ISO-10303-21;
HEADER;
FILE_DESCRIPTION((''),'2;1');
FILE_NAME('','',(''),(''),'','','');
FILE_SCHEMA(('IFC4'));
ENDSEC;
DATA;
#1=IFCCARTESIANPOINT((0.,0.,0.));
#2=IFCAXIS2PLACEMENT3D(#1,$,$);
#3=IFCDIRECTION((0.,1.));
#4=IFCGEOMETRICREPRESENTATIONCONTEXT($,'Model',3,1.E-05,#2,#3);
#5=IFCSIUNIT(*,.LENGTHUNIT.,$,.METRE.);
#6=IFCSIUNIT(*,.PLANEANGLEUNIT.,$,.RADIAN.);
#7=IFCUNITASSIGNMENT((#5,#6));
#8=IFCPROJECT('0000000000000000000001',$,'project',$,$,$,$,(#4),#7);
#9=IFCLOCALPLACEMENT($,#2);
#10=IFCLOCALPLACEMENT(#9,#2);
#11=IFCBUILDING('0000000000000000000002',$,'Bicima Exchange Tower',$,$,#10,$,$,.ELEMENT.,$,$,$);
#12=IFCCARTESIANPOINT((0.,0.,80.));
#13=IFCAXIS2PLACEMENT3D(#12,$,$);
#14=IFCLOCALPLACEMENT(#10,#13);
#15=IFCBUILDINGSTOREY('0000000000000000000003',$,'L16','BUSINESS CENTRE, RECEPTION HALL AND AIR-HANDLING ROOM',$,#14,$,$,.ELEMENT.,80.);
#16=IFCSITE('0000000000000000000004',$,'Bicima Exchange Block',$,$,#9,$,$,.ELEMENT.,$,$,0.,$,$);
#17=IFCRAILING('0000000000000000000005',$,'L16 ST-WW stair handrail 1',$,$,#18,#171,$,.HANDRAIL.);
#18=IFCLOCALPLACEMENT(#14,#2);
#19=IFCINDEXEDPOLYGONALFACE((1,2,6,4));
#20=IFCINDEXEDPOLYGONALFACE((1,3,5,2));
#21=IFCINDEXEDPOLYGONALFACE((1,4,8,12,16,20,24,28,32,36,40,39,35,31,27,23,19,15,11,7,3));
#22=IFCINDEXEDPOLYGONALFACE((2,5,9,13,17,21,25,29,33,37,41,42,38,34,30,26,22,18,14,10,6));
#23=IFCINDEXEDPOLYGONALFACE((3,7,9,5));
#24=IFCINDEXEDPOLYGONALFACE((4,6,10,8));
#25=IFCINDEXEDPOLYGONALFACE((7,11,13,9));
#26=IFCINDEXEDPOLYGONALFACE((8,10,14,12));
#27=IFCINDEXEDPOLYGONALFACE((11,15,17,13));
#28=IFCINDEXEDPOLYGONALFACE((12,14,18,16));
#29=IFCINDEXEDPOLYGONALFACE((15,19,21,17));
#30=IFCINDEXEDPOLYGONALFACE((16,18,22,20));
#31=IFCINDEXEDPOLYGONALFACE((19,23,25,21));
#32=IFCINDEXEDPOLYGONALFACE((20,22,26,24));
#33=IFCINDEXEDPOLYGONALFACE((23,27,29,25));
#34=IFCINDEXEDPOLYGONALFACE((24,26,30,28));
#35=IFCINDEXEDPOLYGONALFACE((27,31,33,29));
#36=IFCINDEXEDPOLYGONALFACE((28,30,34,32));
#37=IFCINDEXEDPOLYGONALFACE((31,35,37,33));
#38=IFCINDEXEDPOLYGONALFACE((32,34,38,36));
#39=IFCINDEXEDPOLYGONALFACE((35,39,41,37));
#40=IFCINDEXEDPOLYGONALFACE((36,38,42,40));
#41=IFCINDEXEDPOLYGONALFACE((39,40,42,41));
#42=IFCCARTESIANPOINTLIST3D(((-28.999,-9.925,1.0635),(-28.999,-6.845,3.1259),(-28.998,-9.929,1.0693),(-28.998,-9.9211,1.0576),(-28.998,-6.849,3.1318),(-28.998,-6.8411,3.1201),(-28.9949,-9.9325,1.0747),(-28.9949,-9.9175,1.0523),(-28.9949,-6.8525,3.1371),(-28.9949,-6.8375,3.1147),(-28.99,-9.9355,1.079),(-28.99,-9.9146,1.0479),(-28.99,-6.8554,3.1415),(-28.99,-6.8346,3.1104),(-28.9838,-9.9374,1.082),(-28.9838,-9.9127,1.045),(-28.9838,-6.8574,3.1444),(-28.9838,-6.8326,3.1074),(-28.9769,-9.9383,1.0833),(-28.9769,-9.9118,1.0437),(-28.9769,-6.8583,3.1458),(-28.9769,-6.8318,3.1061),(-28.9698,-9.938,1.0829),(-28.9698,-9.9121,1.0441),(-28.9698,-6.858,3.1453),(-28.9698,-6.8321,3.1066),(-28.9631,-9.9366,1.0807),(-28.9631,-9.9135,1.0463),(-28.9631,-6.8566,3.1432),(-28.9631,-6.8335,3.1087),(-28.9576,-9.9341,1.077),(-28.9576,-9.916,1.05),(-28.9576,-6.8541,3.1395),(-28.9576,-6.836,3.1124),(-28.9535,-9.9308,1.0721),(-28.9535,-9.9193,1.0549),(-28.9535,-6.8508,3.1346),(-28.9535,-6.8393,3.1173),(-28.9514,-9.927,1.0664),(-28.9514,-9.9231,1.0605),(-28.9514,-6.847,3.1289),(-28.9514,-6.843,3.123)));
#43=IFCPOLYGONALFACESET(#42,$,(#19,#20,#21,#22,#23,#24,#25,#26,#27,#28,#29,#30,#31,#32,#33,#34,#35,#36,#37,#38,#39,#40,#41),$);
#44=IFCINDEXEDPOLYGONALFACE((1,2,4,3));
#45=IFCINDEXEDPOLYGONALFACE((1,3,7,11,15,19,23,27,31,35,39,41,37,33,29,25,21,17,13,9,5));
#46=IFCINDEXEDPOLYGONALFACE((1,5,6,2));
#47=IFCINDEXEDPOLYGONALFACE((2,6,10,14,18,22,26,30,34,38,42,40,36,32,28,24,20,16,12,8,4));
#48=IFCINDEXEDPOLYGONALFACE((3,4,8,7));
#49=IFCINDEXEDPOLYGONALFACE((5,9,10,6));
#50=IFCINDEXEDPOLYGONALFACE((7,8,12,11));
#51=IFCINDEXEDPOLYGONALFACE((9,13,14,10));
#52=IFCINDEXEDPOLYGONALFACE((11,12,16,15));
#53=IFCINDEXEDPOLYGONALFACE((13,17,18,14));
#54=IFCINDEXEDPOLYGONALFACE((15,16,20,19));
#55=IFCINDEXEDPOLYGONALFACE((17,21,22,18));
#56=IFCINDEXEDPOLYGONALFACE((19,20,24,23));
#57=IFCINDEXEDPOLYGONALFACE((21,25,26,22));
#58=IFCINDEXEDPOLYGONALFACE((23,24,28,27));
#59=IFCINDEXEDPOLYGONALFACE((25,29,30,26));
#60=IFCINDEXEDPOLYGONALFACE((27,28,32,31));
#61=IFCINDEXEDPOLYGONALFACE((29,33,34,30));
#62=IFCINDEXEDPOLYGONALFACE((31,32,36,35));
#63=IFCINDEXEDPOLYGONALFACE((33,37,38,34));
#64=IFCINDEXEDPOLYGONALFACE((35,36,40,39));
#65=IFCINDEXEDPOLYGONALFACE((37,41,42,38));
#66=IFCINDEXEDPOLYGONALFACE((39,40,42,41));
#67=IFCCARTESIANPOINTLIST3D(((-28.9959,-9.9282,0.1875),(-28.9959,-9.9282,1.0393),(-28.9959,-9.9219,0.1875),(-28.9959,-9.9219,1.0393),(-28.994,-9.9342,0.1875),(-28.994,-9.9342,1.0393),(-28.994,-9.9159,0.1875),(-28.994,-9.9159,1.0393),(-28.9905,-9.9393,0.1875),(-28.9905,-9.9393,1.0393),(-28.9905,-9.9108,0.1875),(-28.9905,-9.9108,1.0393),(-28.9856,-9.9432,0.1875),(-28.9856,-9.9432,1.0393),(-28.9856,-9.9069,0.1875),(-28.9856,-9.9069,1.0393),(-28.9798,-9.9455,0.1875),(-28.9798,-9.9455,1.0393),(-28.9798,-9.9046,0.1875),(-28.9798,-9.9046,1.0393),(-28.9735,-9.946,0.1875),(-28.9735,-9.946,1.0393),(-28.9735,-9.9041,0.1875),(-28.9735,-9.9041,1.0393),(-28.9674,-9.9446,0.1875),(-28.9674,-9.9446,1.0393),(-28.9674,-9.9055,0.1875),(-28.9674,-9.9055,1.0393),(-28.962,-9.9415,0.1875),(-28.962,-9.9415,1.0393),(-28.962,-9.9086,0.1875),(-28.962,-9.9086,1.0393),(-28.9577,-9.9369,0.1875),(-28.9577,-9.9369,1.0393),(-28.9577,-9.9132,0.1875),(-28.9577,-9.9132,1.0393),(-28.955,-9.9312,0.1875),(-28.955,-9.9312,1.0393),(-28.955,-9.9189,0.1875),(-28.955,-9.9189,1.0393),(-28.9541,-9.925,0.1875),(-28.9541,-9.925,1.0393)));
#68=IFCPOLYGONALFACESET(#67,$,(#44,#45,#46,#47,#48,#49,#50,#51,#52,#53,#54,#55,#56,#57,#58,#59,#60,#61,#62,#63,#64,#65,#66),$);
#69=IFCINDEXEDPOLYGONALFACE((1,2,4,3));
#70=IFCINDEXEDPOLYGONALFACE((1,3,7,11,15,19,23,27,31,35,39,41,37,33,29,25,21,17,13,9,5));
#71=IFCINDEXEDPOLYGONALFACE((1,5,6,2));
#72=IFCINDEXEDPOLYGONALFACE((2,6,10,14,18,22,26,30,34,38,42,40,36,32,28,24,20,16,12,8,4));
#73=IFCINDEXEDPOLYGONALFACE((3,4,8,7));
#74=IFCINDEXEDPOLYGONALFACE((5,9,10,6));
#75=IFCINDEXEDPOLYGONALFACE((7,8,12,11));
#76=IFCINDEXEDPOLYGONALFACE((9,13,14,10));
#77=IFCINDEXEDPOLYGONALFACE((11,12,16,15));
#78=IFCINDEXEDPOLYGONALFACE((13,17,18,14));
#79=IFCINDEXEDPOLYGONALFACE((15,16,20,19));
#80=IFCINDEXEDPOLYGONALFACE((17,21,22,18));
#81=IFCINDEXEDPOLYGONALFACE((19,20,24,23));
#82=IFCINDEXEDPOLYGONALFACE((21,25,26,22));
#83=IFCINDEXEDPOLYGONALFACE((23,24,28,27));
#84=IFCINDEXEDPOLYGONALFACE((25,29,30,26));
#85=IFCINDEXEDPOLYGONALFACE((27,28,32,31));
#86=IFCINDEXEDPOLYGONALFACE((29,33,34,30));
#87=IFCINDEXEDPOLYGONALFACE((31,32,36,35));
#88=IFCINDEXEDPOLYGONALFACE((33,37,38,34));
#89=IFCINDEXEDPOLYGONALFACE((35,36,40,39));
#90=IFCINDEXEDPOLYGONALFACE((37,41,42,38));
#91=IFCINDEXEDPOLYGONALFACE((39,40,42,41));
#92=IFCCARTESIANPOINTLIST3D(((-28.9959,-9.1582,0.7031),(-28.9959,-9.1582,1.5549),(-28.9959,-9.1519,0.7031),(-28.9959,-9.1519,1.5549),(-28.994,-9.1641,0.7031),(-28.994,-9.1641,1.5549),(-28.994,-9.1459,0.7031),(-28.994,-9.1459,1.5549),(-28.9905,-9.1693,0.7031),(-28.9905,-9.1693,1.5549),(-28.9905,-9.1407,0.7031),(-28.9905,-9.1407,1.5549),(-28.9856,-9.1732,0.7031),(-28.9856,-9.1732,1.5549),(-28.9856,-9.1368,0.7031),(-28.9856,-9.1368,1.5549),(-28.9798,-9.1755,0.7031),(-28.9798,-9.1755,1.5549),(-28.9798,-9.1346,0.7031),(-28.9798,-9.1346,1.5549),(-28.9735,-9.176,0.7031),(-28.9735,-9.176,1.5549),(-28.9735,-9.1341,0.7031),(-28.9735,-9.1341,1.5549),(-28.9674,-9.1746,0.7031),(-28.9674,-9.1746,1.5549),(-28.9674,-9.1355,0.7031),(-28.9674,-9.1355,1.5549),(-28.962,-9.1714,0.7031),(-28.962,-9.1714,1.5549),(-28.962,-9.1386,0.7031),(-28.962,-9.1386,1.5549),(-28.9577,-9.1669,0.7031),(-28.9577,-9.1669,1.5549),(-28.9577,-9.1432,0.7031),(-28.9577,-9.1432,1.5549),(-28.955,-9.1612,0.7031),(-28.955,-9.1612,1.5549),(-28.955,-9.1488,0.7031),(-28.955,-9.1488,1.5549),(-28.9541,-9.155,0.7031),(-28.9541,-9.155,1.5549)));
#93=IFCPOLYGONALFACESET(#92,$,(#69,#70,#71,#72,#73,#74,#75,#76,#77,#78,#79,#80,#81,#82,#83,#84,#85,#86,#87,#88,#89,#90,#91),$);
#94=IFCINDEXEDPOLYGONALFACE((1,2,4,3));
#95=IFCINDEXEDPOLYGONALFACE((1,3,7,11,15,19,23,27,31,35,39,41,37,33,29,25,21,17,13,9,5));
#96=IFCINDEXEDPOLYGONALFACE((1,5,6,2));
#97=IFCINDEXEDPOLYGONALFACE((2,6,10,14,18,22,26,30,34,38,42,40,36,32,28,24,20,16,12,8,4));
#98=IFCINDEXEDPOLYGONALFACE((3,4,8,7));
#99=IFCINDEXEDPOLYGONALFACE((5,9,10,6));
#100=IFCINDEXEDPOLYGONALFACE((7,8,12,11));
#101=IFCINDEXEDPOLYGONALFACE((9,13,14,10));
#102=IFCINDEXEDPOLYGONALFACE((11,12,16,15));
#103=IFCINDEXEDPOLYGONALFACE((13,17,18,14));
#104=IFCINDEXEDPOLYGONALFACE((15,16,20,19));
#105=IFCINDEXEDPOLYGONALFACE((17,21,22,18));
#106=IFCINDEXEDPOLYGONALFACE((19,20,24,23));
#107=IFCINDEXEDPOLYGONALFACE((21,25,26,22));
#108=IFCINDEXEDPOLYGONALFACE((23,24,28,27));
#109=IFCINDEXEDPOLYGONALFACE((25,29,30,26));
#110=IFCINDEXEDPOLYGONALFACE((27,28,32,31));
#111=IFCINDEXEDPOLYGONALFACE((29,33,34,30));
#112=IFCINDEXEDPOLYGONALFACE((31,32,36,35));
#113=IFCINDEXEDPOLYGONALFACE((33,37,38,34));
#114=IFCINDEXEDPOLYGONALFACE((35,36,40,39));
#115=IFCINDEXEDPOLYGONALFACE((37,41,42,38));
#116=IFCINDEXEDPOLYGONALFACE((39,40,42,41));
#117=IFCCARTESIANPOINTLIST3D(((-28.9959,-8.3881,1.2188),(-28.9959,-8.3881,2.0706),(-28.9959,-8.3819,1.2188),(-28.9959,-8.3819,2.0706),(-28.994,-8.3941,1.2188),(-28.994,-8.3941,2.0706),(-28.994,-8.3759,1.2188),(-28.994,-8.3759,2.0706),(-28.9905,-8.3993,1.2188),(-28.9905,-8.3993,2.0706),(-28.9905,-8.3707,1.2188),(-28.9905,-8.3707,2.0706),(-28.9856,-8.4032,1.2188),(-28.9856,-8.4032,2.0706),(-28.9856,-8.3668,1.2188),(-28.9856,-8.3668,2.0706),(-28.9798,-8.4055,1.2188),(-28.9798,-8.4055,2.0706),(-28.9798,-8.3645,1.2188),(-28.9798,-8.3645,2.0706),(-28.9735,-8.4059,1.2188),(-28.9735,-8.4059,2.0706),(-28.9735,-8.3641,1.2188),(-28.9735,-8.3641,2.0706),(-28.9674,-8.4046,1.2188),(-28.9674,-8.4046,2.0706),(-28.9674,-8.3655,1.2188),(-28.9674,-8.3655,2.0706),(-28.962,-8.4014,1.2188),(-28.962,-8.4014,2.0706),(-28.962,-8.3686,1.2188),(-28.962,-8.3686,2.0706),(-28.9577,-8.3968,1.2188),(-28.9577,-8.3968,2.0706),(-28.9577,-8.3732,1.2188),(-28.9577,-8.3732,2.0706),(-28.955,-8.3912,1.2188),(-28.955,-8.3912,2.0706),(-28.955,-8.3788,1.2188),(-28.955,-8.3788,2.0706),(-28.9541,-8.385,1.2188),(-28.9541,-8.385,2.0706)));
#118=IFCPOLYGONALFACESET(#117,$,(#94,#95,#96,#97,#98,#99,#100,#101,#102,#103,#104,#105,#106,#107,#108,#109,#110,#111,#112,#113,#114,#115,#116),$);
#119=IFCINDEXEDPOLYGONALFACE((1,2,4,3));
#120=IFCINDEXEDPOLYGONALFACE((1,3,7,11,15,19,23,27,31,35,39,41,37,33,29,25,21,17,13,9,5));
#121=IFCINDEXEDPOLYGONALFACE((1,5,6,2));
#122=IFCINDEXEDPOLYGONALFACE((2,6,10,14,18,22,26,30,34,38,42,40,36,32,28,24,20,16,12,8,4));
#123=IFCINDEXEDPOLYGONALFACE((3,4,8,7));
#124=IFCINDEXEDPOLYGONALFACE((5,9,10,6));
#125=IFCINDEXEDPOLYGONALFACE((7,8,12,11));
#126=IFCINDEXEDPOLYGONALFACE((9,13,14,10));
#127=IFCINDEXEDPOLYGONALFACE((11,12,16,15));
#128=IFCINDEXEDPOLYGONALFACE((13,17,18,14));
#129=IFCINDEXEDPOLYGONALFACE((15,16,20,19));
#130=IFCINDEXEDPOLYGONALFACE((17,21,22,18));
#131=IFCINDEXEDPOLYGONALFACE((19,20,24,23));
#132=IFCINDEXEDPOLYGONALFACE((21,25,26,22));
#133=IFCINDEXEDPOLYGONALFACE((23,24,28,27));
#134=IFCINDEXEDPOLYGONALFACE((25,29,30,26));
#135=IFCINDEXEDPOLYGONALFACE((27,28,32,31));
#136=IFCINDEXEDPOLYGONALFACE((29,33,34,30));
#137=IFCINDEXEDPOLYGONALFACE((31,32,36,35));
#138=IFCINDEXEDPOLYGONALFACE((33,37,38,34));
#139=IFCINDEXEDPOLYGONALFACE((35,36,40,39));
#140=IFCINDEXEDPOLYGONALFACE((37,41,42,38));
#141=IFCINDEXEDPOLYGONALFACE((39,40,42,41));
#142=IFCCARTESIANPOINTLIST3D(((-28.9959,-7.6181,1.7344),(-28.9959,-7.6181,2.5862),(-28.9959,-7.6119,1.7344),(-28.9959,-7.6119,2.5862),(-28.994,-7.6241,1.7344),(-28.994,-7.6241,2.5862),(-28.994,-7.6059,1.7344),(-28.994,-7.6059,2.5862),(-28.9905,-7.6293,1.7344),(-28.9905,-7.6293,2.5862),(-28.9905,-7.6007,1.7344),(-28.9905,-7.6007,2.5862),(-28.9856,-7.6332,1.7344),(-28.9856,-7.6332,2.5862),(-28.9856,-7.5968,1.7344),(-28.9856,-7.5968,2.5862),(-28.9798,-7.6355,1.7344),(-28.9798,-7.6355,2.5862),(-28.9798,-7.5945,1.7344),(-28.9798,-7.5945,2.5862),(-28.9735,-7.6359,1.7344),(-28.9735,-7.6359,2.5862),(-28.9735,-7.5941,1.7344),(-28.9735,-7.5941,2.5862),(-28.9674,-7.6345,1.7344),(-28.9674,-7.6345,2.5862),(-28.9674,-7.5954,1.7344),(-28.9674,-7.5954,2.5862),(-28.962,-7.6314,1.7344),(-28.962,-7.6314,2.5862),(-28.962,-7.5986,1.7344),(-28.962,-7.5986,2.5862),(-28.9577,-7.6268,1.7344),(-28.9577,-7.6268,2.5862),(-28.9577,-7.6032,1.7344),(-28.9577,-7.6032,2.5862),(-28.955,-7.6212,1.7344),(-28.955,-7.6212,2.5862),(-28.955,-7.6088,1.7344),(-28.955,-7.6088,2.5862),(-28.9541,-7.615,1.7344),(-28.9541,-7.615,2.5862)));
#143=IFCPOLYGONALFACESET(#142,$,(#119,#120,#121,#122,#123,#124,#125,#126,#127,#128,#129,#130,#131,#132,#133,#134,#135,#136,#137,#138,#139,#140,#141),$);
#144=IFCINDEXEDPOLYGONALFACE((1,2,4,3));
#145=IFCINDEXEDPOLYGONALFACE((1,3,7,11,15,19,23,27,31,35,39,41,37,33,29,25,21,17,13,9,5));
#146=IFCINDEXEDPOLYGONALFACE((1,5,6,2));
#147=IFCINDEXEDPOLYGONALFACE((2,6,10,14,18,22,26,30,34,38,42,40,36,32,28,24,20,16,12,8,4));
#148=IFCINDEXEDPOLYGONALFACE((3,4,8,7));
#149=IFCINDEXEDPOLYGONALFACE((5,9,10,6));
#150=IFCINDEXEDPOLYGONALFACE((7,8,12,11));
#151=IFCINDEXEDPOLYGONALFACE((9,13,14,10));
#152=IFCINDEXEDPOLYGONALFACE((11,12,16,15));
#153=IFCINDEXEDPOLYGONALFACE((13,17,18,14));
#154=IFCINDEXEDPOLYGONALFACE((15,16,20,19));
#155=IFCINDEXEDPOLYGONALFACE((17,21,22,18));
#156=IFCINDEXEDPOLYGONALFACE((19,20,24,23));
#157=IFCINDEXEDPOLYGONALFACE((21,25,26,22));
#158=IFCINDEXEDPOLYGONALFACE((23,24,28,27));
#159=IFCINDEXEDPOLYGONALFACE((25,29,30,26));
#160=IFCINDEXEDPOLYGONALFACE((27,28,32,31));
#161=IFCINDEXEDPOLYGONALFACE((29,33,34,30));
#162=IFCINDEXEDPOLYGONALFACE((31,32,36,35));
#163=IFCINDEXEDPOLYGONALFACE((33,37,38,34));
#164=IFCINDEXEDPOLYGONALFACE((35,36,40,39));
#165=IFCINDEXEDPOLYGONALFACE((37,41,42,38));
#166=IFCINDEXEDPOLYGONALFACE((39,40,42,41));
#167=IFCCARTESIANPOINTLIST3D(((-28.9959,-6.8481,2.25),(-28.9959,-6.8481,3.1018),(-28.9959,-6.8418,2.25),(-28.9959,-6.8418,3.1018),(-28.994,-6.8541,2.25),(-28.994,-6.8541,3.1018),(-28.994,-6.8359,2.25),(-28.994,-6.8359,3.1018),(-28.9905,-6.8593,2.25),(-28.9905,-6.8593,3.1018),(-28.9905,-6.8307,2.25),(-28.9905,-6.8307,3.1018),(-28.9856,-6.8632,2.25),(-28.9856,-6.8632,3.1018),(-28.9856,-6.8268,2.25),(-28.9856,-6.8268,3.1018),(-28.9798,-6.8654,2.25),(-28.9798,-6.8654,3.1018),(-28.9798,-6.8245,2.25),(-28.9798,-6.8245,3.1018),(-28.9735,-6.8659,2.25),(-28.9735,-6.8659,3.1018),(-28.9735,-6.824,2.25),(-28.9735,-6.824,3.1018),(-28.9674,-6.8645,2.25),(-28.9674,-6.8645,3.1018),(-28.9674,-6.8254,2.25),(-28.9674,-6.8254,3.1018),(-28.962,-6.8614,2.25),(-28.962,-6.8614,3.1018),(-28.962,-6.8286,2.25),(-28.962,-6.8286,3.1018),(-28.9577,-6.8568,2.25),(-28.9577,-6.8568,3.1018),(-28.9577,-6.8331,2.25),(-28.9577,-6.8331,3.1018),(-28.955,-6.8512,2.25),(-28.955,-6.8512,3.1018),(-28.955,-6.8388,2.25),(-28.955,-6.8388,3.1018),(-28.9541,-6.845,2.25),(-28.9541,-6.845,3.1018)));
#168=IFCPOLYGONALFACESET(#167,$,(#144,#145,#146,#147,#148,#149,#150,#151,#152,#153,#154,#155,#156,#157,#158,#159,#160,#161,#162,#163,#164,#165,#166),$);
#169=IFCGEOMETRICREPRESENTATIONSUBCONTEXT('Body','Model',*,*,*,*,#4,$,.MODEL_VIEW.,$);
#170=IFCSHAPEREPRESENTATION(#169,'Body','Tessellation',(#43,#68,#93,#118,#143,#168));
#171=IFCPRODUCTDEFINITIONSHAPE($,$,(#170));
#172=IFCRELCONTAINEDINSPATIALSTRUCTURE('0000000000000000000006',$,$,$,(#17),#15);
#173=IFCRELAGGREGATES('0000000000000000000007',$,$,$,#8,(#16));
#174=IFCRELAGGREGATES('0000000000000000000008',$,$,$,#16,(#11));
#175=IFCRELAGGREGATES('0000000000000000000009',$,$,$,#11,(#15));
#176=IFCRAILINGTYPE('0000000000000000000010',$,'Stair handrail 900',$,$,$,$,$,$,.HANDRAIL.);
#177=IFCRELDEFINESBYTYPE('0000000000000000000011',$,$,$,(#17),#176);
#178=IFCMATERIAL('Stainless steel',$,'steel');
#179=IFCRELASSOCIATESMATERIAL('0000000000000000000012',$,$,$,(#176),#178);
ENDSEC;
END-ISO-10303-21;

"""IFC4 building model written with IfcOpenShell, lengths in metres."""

from ifc_helpers import new_model, si_unit, direction, frame, origin, origin_2d, place, context, subcontext, project, spatial, circle, extrude, material, type_object, element, save


model = new_model("IFC4")

# Units and contexts
model_context = context("Model", 3, precision=1e-05, world=origin(), true_north=direction((0.0, 1.0)))
body_context = subcontext(model_context, "Body", "Model", "MODEL_VIEW")
ifc_project = project(units=[si_unit("LENGTHUNIT", "METRE"), si_unit("PLANEANGLEUNIT", "RADIAN")], contexts=[model_context])

# Site, building, storey
site_placement = place(None, origin())
site = spatial("IfcSite", under=ifc_project, at=site_placement, Name="Bicima Exchange Block", CompositionType="ELEMENT", RefElevation=0.0)
building_placement = place(site_placement, origin())
building = spatial("IfcBuilding", under=site, at=building_placement, Name="Bicima Exchange Tower", CompositionType="ELEMENT")
storey_placement = place(building_placement, frame((0.0, 0.0, 80.0)))
storey = spatial("IfcBuildingStorey", under=building, at=storey_placement, Name="L16", Description="BUSINESS CENTRE, RECEPTION HALL AND AIR-HANDLING ROOM", CompositionType="ELEMENT", Elevation=80.0)

# Railing
ifc_material_1 = material(Name="Stainless steel", Category="steel")
railing_type_1 = type_object("IfcRailingType", Name="Stair handrail 900", PredefinedType="HANDRAIL", material=ifc_material_1)
railing_1_placement = place(storey_placement, frame((-28.9751, -9.925, 0.1875)))
element("IfcRailing", 1, at=railing_1_placement, inside=storey, type_object=railing_type_1, Name="L16 ST-WW stair handrail 1", PredefinedType="HANDRAIL", context=body_context, shape_type="SweptSolid", body=[
    extrude(circle(Radius=0.0239, at=origin_2d()), frame((0.0, 0.0, 0.876), z_axis=(0.0, 0.830914, 0.556401), x_axis=(-1.0, 0.0, 0.0)), (0.0, 0.0, 1.0), 3.7068),
    extrude(circle(Radius=0.021, at=origin_2d()), origin(), (0.0, 0.0, 1.0), 0.8518),
    extrude(circle(Radius=0.021, at=origin_2d()), frame((0.0, 0.77, 0.5156)), (0.0, 0.0, 1.0), 0.8518),
    extrude(circle(Radius=0.021, at=origin_2d()), frame((0.0, 1.54, 1.0312)), (0.0, 0.0, 1.0), 0.8518),
    extrude(circle(Radius=0.021, at=origin_2d()), frame((0.0, 2.3101, 1.5469)), (0.0, 0.0, 1.0), 0.8518),
    extrude(circle(Radius=0.021, at=origin_2d()), frame((0.0, 3.0801, 2.0625)), (0.0, 0.0, 1.0), 0.8518),
])

save(model, "model.ifc")
